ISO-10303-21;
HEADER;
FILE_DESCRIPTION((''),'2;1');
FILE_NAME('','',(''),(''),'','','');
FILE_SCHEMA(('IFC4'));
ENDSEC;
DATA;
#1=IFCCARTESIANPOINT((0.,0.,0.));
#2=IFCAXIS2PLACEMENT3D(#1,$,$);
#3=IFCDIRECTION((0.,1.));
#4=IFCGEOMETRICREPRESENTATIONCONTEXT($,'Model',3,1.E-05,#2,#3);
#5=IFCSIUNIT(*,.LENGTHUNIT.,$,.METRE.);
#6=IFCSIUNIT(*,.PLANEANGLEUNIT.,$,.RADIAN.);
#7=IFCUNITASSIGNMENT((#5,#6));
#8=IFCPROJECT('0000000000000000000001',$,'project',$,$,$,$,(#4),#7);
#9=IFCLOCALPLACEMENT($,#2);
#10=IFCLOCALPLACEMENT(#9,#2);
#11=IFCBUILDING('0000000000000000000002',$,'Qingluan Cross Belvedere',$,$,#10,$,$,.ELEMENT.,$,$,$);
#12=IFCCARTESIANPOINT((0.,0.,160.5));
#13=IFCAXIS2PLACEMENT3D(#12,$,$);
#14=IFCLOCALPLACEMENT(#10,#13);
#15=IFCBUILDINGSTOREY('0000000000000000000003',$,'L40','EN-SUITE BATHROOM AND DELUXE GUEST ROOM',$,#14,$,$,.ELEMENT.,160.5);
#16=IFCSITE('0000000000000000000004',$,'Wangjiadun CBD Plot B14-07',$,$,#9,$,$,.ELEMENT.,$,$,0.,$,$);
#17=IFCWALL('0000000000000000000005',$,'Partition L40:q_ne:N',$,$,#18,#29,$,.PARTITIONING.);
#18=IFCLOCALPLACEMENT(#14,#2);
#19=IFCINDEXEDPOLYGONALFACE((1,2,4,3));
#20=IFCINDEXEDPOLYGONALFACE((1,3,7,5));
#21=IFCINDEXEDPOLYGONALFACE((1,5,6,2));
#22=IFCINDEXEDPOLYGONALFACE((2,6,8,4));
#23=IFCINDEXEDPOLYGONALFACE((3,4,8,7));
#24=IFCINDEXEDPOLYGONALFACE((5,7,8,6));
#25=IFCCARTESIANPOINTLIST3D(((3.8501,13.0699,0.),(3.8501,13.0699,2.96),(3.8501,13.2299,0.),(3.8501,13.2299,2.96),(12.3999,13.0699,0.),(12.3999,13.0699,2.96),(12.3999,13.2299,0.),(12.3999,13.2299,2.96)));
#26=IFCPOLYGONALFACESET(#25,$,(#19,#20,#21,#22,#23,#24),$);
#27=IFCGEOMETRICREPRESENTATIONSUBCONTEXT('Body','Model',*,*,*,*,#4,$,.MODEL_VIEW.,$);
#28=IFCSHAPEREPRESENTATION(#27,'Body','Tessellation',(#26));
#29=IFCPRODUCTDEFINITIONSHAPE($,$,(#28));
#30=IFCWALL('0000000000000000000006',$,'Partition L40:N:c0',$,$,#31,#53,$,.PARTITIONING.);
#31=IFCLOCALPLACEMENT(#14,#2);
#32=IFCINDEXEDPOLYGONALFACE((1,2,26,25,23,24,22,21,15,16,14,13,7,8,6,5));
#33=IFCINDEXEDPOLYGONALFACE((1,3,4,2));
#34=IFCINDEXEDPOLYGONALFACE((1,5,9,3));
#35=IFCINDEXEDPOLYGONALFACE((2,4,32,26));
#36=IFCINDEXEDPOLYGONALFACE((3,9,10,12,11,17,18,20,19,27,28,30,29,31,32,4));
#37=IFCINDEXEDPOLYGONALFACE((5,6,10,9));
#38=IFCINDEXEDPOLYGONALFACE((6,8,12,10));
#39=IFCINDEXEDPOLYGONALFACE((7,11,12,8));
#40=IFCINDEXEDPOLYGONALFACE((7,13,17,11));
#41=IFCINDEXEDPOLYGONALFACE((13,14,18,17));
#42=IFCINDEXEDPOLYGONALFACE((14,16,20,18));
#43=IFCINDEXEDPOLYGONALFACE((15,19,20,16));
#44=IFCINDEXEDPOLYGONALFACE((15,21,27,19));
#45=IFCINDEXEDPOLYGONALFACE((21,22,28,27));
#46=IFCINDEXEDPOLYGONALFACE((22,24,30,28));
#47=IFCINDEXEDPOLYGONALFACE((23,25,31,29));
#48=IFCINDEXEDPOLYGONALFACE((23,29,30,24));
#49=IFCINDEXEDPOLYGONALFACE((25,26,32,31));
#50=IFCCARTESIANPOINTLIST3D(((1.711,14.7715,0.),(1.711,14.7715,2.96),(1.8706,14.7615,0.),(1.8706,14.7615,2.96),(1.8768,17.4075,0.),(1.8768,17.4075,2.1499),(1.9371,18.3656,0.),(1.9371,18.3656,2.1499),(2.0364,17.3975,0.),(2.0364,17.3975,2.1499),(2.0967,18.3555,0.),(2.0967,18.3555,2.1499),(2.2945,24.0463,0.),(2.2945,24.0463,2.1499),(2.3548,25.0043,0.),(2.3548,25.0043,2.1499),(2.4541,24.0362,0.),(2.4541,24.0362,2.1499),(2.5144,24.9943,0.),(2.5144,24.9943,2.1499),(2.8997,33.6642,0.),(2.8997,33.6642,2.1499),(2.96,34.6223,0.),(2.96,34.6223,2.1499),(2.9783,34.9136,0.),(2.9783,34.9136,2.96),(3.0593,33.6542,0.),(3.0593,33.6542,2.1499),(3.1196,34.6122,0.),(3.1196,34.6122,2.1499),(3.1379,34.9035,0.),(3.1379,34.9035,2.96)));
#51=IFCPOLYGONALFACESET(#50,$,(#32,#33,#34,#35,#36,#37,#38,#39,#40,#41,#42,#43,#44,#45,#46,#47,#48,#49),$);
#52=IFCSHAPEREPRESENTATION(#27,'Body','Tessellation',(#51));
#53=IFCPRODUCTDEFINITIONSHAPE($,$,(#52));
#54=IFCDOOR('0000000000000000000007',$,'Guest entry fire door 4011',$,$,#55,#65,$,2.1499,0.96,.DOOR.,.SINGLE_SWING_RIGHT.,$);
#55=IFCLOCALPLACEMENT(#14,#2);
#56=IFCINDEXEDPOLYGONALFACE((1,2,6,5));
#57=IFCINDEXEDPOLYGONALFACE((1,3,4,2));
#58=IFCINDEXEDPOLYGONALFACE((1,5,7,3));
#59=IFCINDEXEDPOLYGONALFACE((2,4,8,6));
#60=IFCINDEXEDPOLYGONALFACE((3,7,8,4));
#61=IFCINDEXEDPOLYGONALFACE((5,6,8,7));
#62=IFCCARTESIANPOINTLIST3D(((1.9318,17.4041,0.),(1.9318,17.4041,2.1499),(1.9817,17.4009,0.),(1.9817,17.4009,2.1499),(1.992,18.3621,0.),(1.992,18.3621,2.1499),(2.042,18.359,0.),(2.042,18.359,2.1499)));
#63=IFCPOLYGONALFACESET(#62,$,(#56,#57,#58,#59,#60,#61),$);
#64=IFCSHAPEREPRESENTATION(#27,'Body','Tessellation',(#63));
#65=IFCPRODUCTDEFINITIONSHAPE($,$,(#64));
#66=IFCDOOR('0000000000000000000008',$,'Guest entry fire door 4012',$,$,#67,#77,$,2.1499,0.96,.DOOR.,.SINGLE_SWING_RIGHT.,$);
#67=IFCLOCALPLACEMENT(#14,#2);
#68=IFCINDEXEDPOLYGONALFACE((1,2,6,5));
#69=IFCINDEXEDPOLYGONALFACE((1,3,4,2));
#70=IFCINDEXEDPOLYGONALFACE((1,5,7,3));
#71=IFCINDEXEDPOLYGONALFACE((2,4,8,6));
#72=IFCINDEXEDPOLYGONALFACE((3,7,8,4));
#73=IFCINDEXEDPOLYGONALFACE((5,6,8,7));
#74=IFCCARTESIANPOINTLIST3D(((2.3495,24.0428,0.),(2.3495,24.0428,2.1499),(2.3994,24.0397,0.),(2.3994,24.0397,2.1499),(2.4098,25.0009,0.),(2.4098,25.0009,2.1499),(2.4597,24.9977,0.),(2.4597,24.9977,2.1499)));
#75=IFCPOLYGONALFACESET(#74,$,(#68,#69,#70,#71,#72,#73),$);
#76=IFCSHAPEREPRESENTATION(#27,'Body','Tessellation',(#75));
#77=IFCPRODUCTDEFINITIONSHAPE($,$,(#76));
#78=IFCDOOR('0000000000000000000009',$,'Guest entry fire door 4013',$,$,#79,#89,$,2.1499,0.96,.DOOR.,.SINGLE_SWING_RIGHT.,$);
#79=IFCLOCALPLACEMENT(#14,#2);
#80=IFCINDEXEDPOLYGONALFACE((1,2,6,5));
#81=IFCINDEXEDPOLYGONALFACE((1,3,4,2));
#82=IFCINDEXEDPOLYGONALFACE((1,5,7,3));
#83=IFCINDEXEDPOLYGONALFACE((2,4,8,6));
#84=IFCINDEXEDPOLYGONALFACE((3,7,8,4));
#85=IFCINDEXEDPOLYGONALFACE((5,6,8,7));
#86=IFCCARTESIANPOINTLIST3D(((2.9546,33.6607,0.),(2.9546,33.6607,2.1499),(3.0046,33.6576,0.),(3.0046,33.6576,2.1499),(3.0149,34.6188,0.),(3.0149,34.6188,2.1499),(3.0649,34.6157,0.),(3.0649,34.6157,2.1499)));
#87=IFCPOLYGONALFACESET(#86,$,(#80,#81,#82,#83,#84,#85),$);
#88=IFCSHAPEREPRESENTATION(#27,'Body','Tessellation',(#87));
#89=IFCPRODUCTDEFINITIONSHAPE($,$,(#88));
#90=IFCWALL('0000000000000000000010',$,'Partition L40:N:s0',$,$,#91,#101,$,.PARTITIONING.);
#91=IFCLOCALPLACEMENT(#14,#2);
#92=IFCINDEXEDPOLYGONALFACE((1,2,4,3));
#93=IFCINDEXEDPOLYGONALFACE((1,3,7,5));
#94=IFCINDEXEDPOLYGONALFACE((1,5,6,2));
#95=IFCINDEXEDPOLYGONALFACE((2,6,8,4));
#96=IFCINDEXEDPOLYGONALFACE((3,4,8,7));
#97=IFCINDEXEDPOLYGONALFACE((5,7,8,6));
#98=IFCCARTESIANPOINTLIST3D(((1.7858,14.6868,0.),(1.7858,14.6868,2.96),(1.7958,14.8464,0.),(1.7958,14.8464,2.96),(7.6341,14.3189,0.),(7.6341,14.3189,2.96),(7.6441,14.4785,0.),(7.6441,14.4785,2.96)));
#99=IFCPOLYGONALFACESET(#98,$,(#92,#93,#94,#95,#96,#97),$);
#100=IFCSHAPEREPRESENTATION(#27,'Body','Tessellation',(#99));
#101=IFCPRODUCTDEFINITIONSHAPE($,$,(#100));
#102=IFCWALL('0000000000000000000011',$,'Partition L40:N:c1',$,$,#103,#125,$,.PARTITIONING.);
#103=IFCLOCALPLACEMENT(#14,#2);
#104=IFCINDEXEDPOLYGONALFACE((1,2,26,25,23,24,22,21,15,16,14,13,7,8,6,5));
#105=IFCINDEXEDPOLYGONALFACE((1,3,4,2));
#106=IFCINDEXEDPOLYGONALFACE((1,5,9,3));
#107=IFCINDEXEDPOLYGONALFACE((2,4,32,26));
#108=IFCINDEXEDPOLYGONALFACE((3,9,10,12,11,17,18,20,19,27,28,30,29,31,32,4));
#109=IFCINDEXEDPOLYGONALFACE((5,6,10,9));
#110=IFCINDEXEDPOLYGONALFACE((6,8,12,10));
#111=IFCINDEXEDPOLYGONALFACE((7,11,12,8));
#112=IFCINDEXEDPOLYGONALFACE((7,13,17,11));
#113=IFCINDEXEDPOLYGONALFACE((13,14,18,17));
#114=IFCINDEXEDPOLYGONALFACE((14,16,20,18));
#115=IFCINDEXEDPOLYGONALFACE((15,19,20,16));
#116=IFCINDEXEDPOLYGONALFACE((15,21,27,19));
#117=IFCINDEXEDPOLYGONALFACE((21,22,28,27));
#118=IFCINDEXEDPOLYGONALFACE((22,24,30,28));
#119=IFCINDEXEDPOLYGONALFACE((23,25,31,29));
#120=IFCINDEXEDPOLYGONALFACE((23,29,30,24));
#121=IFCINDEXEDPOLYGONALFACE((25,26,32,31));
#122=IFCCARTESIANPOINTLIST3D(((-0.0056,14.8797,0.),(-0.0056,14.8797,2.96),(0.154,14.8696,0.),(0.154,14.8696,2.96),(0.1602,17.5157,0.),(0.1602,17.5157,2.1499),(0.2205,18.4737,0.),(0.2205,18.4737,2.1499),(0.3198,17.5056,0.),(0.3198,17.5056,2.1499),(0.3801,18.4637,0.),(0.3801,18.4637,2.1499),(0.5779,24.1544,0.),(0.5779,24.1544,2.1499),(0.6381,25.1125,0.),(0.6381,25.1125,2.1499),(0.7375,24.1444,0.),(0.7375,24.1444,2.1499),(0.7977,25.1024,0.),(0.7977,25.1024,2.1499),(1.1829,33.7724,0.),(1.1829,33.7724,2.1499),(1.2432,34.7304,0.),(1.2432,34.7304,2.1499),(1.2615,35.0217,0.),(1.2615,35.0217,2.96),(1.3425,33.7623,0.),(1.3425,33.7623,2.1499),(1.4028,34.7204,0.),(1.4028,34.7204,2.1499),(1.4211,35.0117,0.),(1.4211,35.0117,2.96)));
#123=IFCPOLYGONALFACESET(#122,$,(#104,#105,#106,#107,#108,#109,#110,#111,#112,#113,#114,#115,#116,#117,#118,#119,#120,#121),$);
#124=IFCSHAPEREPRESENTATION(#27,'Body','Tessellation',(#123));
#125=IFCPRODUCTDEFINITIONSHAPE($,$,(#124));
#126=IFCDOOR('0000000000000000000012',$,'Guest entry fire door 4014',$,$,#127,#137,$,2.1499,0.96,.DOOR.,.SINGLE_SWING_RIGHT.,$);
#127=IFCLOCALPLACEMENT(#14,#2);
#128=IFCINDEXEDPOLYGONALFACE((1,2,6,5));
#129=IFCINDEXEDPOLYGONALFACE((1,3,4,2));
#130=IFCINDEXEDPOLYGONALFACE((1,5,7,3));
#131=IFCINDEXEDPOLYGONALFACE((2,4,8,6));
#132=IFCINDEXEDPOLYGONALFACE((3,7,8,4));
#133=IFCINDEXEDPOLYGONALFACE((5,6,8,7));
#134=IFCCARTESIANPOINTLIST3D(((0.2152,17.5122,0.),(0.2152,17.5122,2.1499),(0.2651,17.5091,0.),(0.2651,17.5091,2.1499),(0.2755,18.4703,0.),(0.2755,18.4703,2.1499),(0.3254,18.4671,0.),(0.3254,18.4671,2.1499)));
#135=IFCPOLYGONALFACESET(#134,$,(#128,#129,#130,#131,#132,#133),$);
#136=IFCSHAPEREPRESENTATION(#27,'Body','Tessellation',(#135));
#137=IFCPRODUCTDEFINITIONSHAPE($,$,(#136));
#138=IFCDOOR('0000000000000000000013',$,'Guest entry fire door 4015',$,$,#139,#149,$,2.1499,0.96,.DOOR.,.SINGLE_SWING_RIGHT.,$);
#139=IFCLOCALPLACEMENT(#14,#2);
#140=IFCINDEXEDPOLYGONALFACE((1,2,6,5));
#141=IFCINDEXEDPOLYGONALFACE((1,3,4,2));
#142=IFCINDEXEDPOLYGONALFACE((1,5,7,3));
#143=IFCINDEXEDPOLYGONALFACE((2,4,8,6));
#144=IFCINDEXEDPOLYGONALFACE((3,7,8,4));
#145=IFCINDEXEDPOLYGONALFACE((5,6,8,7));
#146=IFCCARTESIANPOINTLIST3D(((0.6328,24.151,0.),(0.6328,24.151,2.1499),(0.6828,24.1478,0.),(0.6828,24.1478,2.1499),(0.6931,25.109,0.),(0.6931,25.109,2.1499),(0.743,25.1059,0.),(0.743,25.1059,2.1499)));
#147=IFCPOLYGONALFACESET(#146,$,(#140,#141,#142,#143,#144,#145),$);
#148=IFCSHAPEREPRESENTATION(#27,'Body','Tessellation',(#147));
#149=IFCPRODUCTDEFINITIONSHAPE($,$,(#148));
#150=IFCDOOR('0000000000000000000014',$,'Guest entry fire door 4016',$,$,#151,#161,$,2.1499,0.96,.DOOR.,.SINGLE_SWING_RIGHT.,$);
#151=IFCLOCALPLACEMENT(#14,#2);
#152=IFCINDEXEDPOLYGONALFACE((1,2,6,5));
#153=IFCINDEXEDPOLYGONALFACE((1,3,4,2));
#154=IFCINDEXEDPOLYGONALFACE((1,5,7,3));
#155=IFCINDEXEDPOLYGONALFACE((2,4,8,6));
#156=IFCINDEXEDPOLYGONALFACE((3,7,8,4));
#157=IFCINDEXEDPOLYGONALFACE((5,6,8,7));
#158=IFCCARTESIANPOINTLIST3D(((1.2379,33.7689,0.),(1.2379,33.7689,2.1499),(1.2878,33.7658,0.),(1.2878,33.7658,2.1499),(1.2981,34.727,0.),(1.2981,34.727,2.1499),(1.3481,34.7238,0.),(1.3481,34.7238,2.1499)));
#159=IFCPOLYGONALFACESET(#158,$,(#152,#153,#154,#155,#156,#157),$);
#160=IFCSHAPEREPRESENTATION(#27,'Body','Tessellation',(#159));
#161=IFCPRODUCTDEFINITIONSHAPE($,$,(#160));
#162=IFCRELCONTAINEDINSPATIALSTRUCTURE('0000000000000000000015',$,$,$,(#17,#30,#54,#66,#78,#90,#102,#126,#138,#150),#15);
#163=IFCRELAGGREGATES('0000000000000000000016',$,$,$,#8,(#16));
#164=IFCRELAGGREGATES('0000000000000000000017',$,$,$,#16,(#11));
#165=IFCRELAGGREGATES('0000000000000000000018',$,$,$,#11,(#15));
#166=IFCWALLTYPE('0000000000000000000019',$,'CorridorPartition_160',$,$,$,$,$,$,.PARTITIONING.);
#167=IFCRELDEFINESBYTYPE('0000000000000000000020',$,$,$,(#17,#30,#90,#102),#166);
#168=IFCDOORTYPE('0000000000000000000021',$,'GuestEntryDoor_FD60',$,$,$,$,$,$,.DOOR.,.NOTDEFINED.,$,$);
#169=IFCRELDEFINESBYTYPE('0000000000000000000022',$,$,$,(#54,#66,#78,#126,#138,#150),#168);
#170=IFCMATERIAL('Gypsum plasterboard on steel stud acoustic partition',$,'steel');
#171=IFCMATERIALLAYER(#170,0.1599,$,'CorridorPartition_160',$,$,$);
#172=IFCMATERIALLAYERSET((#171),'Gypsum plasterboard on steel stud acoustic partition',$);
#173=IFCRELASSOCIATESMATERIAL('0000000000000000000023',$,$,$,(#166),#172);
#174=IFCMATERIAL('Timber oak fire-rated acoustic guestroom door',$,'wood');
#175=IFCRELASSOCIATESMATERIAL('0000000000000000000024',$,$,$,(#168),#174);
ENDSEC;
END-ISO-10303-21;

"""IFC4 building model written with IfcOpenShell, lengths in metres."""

from ifc_helpers import new_model, si_unit, direction, frame, frame_2d, origin, place, context, subcontext, project, spatial, rectangle, extrude, material, layer, layer_set, type_object, element, fill, save


model = new_model("IFC4")

# Units and contexts
model_context = context("Model", 3, precision=1e-05, world=origin(), true_north=direction((0.0, 1.0)))
body_context = subcontext(model_context, "Body", "Model", "MODEL_VIEW")
ifc_project = project(units=[si_unit("LENGTHUNIT", "METRE"), si_unit("PLANEANGLEUNIT", "RADIAN")], contexts=[model_context])

# Site, building, storey
site_placement = place(None, origin())
site = spatial("IfcSite", under=ifc_project, at=site_placement, Name="Wangjiadun CBD Plot B14-07", CompositionType="ELEMENT", RefElevation=0.0)
building_placement = place(site_placement, origin())
building = spatial("IfcBuilding", under=site, at=building_placement, Name="Qingluan Cross Belvedere", CompositionType="ELEMENT")
storey_placement = place(building_placement, frame((0.0, 0.0, 160.5)))
storey = spatial("IfcBuildingStorey", under=building, at=storey_placement, Name="L40", Description="EN-SUITE BATHROOM AND DELUXE GUEST ROOM", CompositionType="ELEMENT", Elevation=160.5)

# Wall
ifc_material_1 = material(Name="Gypsum plasterboard on steel stud acoustic partition", Category="steel")
ifc_layer_1 = layer(ifc_material_1, 0.1599, Name="CorridorPartition_160")
ifc_layer_set_1 = layer_set([ifc_layer_1], Name="Gypsum plasterboard on steel stud acoustic partition")
wall_type_1 = type_object("IfcWallType", Name="CorridorPartition_160", PredefinedType="PARTITIONING", material=ifc_layer_set_1)
wall_1_placement = place(storey_placement, frame((3.8501, 13.1499, 0.0), z_axis=(0.0, 0.0, 1.0), x_axis=(1.0, 0.0, 0.0)))
element("IfcWall", 1, at=wall_1_placement, inside=storey, type_object=wall_type_1, Name="Partition L40:q_ne:N", PredefinedType="PARTITIONING", context=body_context, shape_type="SweptSolid", body=[
    extrude(rectangle(XDim=8.5498, YDim=0.1599, at=frame_2d((4.2749, 0.0))), origin(), (0.0, 0.0, 1.0), 2.96),
])

# Wall, openings, doors
wall_2_placement = place(storey_placement, frame((1.7908, 14.7666, 0.0), z_axis=(0.0, 0.0, 1.0), x_axis=(0.062796, 0.998026, 0.0)))
wall_2 = element("IfcWall", 2, at=wall_2_placement, inside=storey, type_object=wall_type_1, Name="Partition L40:N:c0", PredefinedType="PARTITIONING", context=body_context, shape_type="SweptSolid", body=[
    extrude(rectangle(XDim=20.1819, YDim=0.1599, at=frame_2d((10.0908, 0.0))), origin(), (0.0, 0.0, 1.0), 2.96),
])
opening_1_placement = place(wall_2_placement, frame((2.6411, 0.0, 0.0)))
opening_1 = element("IfcOpeningElement", 3, at=opening_1_placement, cuts=wall_2, PredefinedType="OPENING", context=body_context, shape_type="SweptSolid", body=[
    extrude(rectangle(XDim=0.96, YDim=2.1499, at=frame_2d((0.48, 1.075))), frame((0.0, 0.0898, 0.0), z_axis=(0.0, -1.0, 0.0), x_axis=(1.0, 0.0, 0.0)), (0.0, 0.0, 1.0), 0.1799),
])
opening_2_placement = place(wall_2_placement, frame((9.293, 0.0, 0.0)))
opening_2 = element("IfcOpeningElement", 4, at=opening_2_placement, cuts=wall_2, PredefinedType="OPENING", context=body_context, shape_type="SweptSolid", body=[
    extrude(rectangle(XDim=0.96, YDim=2.1499, at=frame_2d((0.48, 1.075))), frame((0.0, 0.0898, 0.0), z_axis=(0.0, -1.0, 0.0), x_axis=(1.0, 0.0, 0.0)), (0.0, 0.0, 1.0), 0.1799),
])
opening_3_placement = place(wall_2_placement, frame((18.9299, 0.0, 0.0)))
opening_3 = element("IfcOpeningElement", 5, at=opening_3_placement, cuts=wall_2, PredefinedType="OPENING", context=body_context, shape_type="SweptSolid", body=[
    extrude(rectangle(XDim=0.96, YDim=2.1499, at=frame_2d((0.48, 1.075))), frame((0.0, 0.0898, 0.0), z_axis=(0.0, -1.0, 0.0), x_axis=(1.0, 0.0, 0.0)), (0.0, 0.0, 1.0), 0.1799),
])
ifc_material_2 = material(Name="Timber oak fire-rated acoustic guestroom door", Category="wood")
door_type_1 = type_object("IfcDoorType", Name="GuestEntryDoor_FD60", OperationType="NOTDEFINED", PredefinedType="DOOR", material=ifc_material_2)
door_1_placement = place(opening_1_placement, origin())
door_1 = element("IfcDoor", 6, at=door_1_placement, inside=storey, type_object=door_type_1, Name="Guest entry fire door 4011", OperationType="SINGLE_SWING_RIGHT", OverallHeight=2.1499, OverallWidth=0.96, PredefinedType="DOOR", context=body_context, shape_type="SweptSolid", body=[
    extrude(rectangle(XDim=0.96, YDim=2.1499, at=frame_2d((0.48, 1.075))), frame((0.0, 0.0249, 0.0), z_axis=(0.0, -1.0, 0.0), x_axis=(1.0, 0.0, 0.0)), (0.0, 0.0, 1.0), 0.05),
])
fill(opening_1, door_1)
door_2_placement = place(opening_2_placement, origin())
door_2 = element("IfcDoor", 7, at=door_2_placement, inside=storey, type_object=door_type_1, Name="Guest entry fire door 4012", OperationType="SINGLE_SWING_RIGHT", OverallHeight=2.1499, OverallWidth=0.96, PredefinedType="DOOR", context=body_context, shape_type="SweptSolid", body=[
    extrude(rectangle(XDim=0.96, YDim=2.1499, at=frame_2d((0.48, 1.075))), frame((0.0, 0.0249, 0.0), z_axis=(0.0, -1.0, 0.0), x_axis=(1.0, 0.0, 0.0)), (0.0, 0.0, 1.0), 0.05),
])
fill(opening_2, door_2)
door_3_placement = place(opening_3_placement, origin())
door_3 = element("IfcDoor", 8, at=door_3_placement, inside=storey, type_object=door_type_1, Name="Guest entry fire door 4013", OperationType="SINGLE_SWING_RIGHT", OverallHeight=2.1499, OverallWidth=0.96, PredefinedType="DOOR", context=body_context, shape_type="SweptSolid", body=[
    extrude(rectangle(XDim=0.96, YDim=2.1499, at=frame_2d((0.48, 1.075))), frame((0.0, 0.0249, 0.0), z_axis=(0.0, -1.0, 0.0), x_axis=(1.0, 0.0, 0.0)), (0.0, 0.0, 1.0), 0.05),
])
fill(opening_3, door_3)

# Wall
wall_3_placement = place(storey_placement, frame((1.7908, 14.7666, 0.0), z_axis=(0.0, 0.0, 1.0), x_axis=(0.998027, -0.062786, 0.0)))
element("IfcWall", 9, at=wall_3_placement, inside=storey, type_object=wall_type_1, Name="Partition L40:N:s0", PredefinedType="PARTITIONING", context=body_context, shape_type="SweptSolid", body=[
    extrude(rectangle(XDim=5.8599, YDim=0.1599, at=frame_2d((2.9299, 0.0))), origin(), (0.0, 0.0, 1.0), 2.96),
])

# Wall, openings, doors
wall_4_placement = place(storey_placement, frame((0.0742, 14.8748, 0.0), z_axis=(0.0, 0.0, 1.0), x_axis=(0.062783, 0.998027, 0.0)))
wall_4 = element("IfcWall", 10, at=wall_4_placement, inside=storey, type_object=wall_type_1, Name="Partition L40:N:c1", PredefinedType="PARTITIONING", context=body_context, shape_type="SweptSolid", body=[
    extrude(rectangle(XDim=20.1819, YDim=0.1599, at=frame_2d((10.0908, 0.0))), origin(), (0.0, 0.0, 1.0), 2.96),
])
opening_4_placement = place(wall_4_placement, frame((2.6411, 0.0, 0.0)))
opening_4 = element("IfcOpeningElement", 11, at=opening_4_placement, cuts=wall_4, PredefinedType="OPENING", context=body_context, shape_type="SweptSolid", body=[
    extrude(rectangle(XDim=0.96, YDim=2.1499, at=frame_2d((0.48, 1.075))), frame((0.0, 0.0898, 0.0), z_axis=(0.0, -1.0, 0.0), x_axis=(1.0, 0.0, 0.0)), (0.0, 0.0, 1.0), 0.1799),
])
opening_5_placement = place(wall_4_placement, frame((9.293, 0.0, 0.0)))
opening_5 = element("IfcOpeningElement", 12, at=opening_5_placement, cuts=wall_4, PredefinedType="OPENING", context=body_context, shape_type="SweptSolid", body=[
    extrude(rectangle(XDim=0.96, YDim=2.1499, at=frame_2d((0.48, 1.075))), frame((0.0, 0.0898, 0.0), z_axis=(0.0, -1.0, 0.0), x_axis=(1.0, 0.0, 0.0)), (0.0, 0.0, 1.0), 0.1799),
])
opening_6_placement = place(wall_4_placement, frame((18.9299, 0.0, 0.0)))
opening_6 = element("IfcOpeningElement", 13, at=opening_6_placement, cuts=wall_4, PredefinedType="OPENING", context=body_context, shape_type="SweptSolid", body=[
    extrude(rectangle(XDim=0.96, YDim=2.1499, at=frame_2d((0.48, 1.075))), frame((0.0, 0.0898, 0.0), z_axis=(0.0, -1.0, 0.0), x_axis=(1.0, 0.0, 0.0)), (0.0, 0.0, 1.0), 0.1799),
])
door_4_placement = place(opening_4_placement, origin())
door_4 = element("IfcDoor", 14, at=door_4_placement, inside=storey, type_object=door_type_1, Name="Guest entry fire door 4014", OperationType="SINGLE_SWING_RIGHT", OverallHeight=2.1499, OverallWidth=0.96, PredefinedType="DOOR", context=body_context, shape_type="SweptSolid", body=[
    extrude(rectangle(XDim=0.96, YDim=2.1499, at=frame_2d((0.48, 1.075))), frame((0.0, 0.0249, 0.0), z_axis=(0.0, -1.0, 0.0), x_axis=(1.0, 0.0, 0.0)), (0.0, 0.0, 1.0), 0.05),
])
fill(opening_4, door_4)
door_5_placement = place(opening_5_placement, origin())
door_5 = element("IfcDoor", 15, at=door_5_placement, inside=storey, type_object=door_type_1, Name="Guest entry fire door 4015", OperationType="SINGLE_SWING_RIGHT", OverallHeight=2.1499, OverallWidth=0.96, PredefinedType="DOOR", context=body_context, shape_type="SweptSolid", body=[
    extrude(rectangle(XDim=0.96, YDim=2.1499, at=frame_2d((0.48, 1.075))), frame((0.0, 0.0249, 0.0), z_axis=(0.0, -1.0, 0.0), x_axis=(1.0, 0.0, 0.0)), (0.0, 0.0, 1.0), 0.05),
])
fill(opening_5, door_5)
door_6_placement = place(opening_6_placement, origin())
door_6 = element("IfcDoor", 16, at=door_6_placement, inside=storey, type_object=door_type_1, Name="Guest entry fire door 4016", OperationType="SINGLE_SWING_RIGHT", OverallHeight=2.1499, OverallWidth=0.96, PredefinedType="DOOR", context=body_context, shape_type="SweptSolid", body=[
    extrude(rectangle(XDim=0.96, YDim=2.1499, at=frame_2d((0.48, 1.075))), frame((0.0, 0.0249, 0.0), z_axis=(0.0, -1.0, 0.0), x_axis=(1.0, 0.0, 0.0)), (0.0, 0.0, 1.0), 0.05),
])
fill(opening_6, door_6)

save(model, "model.ifc")
